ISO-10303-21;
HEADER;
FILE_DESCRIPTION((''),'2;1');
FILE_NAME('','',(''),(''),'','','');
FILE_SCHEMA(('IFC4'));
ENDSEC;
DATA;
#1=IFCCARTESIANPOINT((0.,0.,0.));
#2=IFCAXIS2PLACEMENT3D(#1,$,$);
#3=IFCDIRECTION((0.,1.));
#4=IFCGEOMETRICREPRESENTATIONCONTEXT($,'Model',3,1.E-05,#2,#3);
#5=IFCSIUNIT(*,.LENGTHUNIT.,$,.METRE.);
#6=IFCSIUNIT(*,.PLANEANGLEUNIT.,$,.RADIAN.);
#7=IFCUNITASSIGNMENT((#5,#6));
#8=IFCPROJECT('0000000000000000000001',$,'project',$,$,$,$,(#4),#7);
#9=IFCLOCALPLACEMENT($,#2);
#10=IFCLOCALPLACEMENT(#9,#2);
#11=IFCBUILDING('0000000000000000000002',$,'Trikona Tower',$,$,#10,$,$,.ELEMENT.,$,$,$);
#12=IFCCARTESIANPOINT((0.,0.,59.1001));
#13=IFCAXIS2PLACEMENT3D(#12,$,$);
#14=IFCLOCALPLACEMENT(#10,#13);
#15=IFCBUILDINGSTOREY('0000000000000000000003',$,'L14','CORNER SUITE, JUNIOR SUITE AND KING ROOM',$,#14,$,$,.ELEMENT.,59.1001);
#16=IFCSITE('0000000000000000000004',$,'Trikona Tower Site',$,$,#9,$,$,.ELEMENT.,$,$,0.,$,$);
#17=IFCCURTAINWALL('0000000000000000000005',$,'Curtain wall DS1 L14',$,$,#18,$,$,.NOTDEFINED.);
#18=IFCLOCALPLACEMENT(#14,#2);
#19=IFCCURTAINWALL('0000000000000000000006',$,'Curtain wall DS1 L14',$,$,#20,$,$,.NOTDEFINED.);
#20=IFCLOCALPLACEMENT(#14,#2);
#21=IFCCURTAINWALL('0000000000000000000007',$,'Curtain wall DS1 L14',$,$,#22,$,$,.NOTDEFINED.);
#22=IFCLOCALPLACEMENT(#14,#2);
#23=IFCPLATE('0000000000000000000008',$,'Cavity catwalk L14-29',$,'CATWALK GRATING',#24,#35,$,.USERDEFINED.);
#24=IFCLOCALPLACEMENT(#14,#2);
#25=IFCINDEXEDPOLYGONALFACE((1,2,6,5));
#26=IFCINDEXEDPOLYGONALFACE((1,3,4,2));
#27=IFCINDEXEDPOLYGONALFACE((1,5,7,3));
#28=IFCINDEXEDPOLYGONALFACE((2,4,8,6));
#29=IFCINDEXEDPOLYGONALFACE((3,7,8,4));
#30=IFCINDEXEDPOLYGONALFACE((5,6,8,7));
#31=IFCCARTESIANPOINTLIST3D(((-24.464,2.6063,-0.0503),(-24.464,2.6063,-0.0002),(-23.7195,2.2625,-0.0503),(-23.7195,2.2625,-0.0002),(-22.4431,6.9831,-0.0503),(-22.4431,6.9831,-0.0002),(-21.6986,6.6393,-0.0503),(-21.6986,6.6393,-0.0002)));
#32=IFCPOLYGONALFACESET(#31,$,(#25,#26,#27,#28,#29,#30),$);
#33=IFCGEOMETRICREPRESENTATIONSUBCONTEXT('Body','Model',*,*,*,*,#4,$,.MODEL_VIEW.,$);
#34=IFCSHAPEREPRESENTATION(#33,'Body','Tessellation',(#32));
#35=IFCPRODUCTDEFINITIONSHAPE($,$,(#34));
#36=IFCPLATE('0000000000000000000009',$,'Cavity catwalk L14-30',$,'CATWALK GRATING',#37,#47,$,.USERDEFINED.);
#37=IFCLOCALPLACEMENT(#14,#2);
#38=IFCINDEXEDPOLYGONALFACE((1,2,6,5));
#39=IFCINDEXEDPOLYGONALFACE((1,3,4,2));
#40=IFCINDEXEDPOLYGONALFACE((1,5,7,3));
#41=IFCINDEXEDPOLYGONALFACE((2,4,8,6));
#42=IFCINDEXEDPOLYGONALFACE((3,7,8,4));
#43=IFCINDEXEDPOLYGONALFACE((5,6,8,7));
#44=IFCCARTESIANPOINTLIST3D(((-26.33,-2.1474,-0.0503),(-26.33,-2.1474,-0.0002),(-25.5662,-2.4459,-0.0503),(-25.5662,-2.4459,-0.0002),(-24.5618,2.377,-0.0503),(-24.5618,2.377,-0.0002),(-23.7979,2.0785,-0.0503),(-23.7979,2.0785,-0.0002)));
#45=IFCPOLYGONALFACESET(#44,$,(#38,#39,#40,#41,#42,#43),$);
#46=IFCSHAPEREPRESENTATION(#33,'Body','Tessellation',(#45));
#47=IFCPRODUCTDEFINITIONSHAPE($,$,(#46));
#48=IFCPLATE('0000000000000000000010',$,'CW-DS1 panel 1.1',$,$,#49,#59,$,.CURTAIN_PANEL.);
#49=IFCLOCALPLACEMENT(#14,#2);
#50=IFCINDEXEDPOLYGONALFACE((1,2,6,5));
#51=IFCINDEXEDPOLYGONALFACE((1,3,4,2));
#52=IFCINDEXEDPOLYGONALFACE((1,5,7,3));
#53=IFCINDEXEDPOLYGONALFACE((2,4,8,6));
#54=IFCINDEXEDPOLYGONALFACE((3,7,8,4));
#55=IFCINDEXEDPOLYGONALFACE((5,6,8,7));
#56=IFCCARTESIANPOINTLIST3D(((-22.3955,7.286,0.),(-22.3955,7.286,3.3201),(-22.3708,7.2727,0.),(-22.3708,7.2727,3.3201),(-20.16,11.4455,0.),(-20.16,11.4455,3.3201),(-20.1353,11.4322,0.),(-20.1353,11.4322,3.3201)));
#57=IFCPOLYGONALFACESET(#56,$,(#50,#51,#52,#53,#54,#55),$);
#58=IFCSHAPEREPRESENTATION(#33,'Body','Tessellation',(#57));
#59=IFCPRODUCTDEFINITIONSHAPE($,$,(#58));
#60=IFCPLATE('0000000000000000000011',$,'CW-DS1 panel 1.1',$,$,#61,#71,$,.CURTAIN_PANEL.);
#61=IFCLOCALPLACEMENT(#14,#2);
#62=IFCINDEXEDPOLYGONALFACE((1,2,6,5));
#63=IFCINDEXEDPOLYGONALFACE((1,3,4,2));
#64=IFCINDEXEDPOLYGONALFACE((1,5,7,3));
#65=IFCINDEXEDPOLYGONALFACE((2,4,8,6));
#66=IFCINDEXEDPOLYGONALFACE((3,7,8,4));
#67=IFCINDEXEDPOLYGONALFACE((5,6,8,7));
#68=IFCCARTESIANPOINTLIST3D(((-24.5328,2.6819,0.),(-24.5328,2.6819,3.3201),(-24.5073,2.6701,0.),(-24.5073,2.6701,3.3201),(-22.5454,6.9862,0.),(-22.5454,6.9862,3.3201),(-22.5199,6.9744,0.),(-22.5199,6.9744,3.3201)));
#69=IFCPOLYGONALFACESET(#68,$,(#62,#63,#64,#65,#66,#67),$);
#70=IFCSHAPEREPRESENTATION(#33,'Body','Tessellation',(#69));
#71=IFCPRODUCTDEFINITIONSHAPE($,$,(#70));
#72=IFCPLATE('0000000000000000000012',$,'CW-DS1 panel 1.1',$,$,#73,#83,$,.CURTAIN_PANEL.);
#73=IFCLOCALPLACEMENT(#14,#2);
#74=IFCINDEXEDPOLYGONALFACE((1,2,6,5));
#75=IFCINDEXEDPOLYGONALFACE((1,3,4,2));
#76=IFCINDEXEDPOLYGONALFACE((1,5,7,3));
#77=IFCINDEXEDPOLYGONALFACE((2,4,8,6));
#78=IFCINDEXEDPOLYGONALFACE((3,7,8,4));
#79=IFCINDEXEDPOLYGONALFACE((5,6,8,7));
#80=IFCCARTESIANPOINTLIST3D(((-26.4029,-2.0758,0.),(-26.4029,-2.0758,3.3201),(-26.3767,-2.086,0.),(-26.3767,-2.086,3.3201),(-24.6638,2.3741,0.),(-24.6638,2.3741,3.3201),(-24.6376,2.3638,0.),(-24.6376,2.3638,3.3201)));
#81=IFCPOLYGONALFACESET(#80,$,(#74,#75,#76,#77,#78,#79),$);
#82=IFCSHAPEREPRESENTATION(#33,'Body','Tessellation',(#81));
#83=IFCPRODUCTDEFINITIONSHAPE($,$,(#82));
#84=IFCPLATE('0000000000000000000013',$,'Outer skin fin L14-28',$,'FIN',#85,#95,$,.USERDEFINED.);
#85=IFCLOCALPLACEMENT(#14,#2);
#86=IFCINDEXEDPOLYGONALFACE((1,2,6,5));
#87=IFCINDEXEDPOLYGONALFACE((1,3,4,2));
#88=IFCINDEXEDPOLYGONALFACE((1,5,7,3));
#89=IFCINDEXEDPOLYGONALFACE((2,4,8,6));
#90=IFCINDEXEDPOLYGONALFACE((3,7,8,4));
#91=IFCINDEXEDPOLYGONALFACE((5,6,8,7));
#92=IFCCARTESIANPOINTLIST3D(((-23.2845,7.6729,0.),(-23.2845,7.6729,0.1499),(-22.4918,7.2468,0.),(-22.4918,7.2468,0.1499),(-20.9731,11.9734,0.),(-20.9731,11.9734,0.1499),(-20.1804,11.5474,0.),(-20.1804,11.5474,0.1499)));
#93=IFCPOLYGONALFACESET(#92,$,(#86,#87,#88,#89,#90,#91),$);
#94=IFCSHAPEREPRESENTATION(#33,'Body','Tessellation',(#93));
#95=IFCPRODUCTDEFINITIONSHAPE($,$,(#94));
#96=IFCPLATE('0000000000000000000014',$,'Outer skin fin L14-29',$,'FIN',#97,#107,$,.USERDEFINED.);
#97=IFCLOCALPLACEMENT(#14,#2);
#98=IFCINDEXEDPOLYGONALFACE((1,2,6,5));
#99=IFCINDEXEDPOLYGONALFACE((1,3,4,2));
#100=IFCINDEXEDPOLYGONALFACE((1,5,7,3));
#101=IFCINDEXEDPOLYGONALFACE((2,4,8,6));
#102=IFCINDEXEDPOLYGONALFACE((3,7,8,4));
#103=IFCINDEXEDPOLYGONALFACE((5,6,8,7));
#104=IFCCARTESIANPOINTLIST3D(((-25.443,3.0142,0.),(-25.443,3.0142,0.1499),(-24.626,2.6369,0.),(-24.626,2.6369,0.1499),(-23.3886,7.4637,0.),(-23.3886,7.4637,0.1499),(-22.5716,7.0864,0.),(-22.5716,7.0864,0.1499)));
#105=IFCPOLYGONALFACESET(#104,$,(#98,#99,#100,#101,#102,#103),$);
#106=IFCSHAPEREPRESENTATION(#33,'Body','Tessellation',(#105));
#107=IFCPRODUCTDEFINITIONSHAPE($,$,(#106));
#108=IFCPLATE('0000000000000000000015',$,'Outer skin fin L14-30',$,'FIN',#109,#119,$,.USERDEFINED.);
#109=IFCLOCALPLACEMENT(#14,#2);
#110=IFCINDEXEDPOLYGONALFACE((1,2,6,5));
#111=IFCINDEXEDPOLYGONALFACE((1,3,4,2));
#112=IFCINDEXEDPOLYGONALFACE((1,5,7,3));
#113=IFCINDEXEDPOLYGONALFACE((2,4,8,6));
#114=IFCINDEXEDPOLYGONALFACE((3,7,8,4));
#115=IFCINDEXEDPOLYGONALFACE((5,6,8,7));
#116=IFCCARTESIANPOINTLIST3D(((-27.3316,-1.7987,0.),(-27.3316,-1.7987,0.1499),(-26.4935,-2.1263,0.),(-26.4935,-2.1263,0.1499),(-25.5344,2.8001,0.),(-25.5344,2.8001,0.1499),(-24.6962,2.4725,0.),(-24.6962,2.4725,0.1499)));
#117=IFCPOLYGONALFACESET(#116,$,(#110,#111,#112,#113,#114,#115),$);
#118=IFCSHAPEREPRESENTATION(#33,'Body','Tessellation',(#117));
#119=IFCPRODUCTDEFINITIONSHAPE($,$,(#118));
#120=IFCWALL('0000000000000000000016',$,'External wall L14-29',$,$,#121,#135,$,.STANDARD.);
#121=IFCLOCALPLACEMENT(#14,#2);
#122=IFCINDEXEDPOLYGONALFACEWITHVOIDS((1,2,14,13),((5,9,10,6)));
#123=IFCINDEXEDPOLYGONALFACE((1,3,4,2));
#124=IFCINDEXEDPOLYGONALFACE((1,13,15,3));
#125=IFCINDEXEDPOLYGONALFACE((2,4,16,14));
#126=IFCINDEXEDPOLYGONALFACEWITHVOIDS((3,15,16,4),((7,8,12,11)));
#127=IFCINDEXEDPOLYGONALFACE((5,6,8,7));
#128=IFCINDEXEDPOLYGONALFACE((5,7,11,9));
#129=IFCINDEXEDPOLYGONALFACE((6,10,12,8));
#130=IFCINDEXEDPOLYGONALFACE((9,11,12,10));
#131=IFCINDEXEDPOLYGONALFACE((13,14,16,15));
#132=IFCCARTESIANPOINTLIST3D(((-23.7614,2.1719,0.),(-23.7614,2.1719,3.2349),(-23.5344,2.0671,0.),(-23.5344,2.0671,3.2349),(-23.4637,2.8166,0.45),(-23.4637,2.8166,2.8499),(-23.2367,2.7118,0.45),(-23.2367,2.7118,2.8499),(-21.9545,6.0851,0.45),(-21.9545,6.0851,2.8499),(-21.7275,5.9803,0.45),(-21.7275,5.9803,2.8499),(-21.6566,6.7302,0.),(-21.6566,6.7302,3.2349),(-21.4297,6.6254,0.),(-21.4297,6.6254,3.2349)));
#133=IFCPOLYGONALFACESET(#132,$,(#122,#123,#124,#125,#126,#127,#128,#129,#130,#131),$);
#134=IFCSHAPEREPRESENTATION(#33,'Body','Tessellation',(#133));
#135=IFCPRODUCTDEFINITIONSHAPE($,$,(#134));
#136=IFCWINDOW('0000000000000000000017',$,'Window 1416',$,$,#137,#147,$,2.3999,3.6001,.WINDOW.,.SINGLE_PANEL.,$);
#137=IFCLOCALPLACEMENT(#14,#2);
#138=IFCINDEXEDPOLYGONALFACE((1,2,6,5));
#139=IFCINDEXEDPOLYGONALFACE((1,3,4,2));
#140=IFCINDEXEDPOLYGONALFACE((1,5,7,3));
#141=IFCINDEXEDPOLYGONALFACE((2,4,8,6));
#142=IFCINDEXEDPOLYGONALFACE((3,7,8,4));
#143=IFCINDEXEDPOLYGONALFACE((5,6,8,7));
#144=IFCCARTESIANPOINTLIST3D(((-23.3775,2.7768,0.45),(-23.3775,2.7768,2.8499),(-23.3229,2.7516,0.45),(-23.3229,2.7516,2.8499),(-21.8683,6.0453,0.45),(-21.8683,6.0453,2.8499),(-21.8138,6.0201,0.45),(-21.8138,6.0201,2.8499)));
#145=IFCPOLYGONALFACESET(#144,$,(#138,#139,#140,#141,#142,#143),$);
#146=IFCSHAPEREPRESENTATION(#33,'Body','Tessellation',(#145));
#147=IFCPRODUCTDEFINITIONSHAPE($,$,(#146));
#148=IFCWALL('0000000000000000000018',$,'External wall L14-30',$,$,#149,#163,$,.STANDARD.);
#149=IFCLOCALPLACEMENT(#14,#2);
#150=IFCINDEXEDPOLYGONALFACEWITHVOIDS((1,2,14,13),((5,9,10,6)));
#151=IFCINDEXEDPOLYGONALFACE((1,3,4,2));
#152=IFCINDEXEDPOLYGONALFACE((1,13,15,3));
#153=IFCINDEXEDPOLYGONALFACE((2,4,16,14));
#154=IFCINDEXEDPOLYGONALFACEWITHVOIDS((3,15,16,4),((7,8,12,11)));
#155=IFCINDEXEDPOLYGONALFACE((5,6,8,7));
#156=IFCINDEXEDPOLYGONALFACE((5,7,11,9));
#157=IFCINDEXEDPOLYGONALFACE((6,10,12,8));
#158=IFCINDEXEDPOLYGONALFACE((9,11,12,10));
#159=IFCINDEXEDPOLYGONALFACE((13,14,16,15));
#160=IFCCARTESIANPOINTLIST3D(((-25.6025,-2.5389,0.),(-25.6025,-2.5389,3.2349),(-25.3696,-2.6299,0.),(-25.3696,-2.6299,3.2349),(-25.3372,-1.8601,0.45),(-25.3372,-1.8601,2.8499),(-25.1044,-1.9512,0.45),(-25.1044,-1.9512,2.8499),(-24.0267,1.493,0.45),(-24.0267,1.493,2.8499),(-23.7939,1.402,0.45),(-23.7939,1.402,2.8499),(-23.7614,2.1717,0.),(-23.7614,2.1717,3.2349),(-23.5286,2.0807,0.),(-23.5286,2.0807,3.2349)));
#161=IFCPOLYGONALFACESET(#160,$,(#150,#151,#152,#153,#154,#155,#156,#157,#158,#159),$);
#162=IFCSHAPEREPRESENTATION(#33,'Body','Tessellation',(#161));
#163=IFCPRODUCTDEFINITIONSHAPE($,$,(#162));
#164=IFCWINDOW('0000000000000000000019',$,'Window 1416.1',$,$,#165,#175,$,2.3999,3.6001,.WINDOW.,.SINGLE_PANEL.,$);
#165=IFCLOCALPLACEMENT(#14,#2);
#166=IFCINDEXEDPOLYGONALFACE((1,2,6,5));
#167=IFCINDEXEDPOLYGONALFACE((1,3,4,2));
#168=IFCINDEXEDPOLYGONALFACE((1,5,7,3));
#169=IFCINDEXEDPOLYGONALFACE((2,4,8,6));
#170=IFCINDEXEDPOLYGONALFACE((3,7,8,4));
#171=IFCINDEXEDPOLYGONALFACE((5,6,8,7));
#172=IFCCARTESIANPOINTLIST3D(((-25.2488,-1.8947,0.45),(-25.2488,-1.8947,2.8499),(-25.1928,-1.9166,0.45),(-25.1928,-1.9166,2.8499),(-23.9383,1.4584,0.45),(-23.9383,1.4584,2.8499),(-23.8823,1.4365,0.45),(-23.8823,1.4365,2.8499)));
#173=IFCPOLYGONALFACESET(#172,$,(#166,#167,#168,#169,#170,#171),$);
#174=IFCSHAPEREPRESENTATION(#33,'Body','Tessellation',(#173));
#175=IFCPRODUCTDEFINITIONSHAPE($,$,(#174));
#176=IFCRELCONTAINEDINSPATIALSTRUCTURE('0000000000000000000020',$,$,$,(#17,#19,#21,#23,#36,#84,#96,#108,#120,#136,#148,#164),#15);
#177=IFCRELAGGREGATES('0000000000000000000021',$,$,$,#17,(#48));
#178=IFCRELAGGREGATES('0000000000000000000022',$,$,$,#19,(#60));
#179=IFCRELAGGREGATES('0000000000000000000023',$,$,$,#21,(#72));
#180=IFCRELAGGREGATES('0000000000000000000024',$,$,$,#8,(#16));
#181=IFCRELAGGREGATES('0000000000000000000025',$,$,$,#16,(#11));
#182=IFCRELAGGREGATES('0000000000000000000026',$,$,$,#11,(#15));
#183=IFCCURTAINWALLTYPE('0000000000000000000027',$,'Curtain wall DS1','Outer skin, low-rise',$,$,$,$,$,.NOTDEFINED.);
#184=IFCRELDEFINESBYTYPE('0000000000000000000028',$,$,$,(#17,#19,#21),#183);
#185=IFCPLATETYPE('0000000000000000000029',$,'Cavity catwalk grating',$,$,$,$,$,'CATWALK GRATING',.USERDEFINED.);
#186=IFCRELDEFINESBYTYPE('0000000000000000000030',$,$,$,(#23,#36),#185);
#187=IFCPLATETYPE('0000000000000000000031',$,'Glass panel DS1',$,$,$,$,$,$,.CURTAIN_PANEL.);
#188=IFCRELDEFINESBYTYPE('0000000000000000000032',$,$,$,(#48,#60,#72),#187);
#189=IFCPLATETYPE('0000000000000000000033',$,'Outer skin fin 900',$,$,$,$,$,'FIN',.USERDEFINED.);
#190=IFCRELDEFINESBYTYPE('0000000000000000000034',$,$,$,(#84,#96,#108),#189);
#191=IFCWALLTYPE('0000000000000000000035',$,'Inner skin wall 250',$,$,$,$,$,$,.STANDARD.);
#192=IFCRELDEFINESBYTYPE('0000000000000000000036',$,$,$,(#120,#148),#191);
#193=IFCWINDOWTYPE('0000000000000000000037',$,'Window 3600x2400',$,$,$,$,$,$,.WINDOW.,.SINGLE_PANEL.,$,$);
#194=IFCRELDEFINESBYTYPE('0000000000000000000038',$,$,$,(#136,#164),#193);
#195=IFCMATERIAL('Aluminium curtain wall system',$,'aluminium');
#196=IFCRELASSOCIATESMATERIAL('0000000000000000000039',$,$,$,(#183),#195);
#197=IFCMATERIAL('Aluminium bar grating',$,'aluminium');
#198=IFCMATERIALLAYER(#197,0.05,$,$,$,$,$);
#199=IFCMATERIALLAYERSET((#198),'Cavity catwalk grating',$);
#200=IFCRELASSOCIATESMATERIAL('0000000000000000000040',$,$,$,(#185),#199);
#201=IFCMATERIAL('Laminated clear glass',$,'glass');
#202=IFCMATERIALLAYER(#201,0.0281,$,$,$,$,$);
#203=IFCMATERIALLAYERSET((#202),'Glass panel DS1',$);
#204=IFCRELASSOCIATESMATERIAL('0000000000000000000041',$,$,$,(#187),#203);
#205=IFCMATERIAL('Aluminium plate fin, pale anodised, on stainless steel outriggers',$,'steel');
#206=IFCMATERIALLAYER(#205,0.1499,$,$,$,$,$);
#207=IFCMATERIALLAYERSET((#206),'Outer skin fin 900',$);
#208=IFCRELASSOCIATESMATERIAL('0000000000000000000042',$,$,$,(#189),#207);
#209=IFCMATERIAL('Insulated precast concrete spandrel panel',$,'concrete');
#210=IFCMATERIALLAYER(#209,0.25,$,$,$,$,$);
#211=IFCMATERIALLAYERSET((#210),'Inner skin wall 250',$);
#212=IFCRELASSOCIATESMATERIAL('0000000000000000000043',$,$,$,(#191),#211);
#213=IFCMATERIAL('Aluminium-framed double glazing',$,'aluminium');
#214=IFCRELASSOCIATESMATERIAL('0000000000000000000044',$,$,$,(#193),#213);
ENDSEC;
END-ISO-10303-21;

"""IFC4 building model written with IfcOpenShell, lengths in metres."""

from ifc_helpers import new_model, si_unit, direction, frame, frame_2d, origin, origin_2d, place, context, subcontext, project, spatial, rectangle, extrude, material, layer, layer_set, type_object, element, fill, aggregate, save


model = new_model("IFC4")

# Units and contexts
model_context = context("Model", 3, precision=1e-05, world=origin(), true_north=direction((0.0, 1.0)))
body_context = subcontext(model_context, "Body", "Model", "MODEL_VIEW")
ifc_project = project(units=[si_unit("LENGTHUNIT", "METRE"), si_unit("PLANEANGLEUNIT", "RADIAN")], contexts=[model_context])

# Site, building, storey
site_placement = place(None, origin())
site = spatial("IfcSite", under=ifc_project, at=site_placement, Name="Trikona Tower Site", CompositionType="ELEMENT", RefElevation=0.0)
building_placement = place(site_placement, origin())
building = spatial("IfcBuilding", under=site, at=building_placement, Name="Trikona Tower", CompositionType="ELEMENT")
storey_placement = place(building_placement, frame((0.0, 0.0, 59.1001)))
storey = spatial("IfcBuildingStorey", under=building, at=storey_placement, Name="L14", Description="CORNER SUITE, JUNIOR SUITE AND KING ROOM", CompositionType="ELEMENT", Elevation=59.1001)

# Curtain walls
ifc_material_1 = material(Name="Aluminium curtain wall system", Category="aluminium")
curtain_wall_type = type_object("IfcCurtainWallType", Name="Curtain wall DS1", Description="Outer skin, low-rise", PredefinedType="NOTDEFINED", material=ifc_material_1)
curtain_wall_1_placement = place(storey_placement, origin())
curtain_wall_1 = element("IfcCurtainWall", 1, at=curtain_wall_1_placement, inside=storey, type_object=curtain_wall_type, Name="Curtain wall DS1 L14", PredefinedType="NOTDEFINED")
curtain_wall_2_placement = place(storey_placement, origin())
curtain_wall_2 = element("IfcCurtainWall", 2, at=curtain_wall_2_placement, inside=storey, type_object=curtain_wall_type, Name="Curtain wall DS1 L14", PredefinedType="NOTDEFINED")
curtain_wall_3_placement = place(storey_placement, origin())
curtain_wall_3 = element("IfcCurtainWall", 3, at=curtain_wall_3_placement, inside=storey, type_object=curtain_wall_type, Name="Curtain wall DS1 L14", PredefinedType="NOTDEFINED")

# Plates
ifc_material_2 = material(Name="Aluminium bar grating", Category="aluminium")
ifc_layer_1 = layer(ifc_material_2, 0.05)
ifc_layer_set_1 = layer_set([ifc_layer_1], Name="Cavity catwalk grating")
plate_type_1 = type_object("IfcPlateType", Name="Cavity catwalk grating", ElementType="CATWALK GRATING", PredefinedType="USERDEFINED", material=ifc_layer_set_1)
plate_1_placement = place(storey_placement, frame((-23.0813, 4.6228, -0.0503), z_axis=(0.0, 0.0, 1.0), x_axis=(-0.419194, -0.907897, 0.0)))
element("IfcPlate", 4, at=plate_1_placement, inside=storey, type_object=plate_type_1, Name="Cavity catwalk L14-29", ObjectType="CATWALK GRATING", PredefinedType="USERDEFINED", context=body_context, shape_type="SweptSolid", body=[
    extrude(rectangle(XDim=4.8208, YDim=0.8201, at=origin_2d()), origin(), (0.0, 0.0, 1.0), 0.05),
])
plate_2_placement = place(storey_placement, frame((-25.064, -0.0344, -0.0503), z_axis=(0.0, 0.0, 1.0), x_axis=(-0.364009, -0.931395, 0.0)))
element("IfcPlate", 5, at=plate_2_placement, inside=storey, type_object=plate_type_1, Name="Cavity catwalk L14-30", ObjectType="CATWALK GRATING", PredefinedType="USERDEFINED", context=body_context, shape_type="SweptSolid", body=[
    extrude(rectangle(XDim=4.8577, YDim=0.8201, at=origin_2d()), origin(), (0.0, 0.0, 1.0), 0.05),
])

# Plates
ifc_material_3 = material(Name="Laminated clear glass", Category="glass")
ifc_layer_2 = layer(ifc_material_3, 0.0281)
ifc_layer_set_2 = layer_set([ifc_layer_2], Name="Glass panel DS1")
plate_type_2 = type_object("IfcPlateType", Name="Glass panel DS1", PredefinedType="CURTAIN_PANEL", material=ifc_layer_set_2)
plate_3_placement = place(storey_placement, frame((-21.2654, 9.3591, 0.0), z_axis=(0.0, 0.0, 1.0), x_axis=(-0.473408, -0.880843, 0.0)))
plate_3 = element("IfcPlate", 6, at=plate_3_placement, type_object=plate_type_2, Name="CW-DS1 panel 1.1", PredefinedType="CURTAIN_PANEL", context=body_context, shape_type="SweptSolid", body=[
    extrude(rectangle(XDim=4.7222, YDim=0.0281, at=origin_2d()), origin(), (0.0, 0.0, 1.0), 3.3201),
])
aggregate(curtain_wall_1, [plate_3])
plate_4_placement = place(storey_placement, frame((-23.5264, 4.8281, 0.0), z_axis=(0.0, 0.0, 1.0), x_axis=(-0.41919, -0.907898, 0.0)))
plate_4 = element("IfcPlate", 7, at=plate_4_placement, type_object=plate_type_2, Name="CW-DS1 panel 1.1", PredefinedType="CURTAIN_PANEL", context=body_context, shape_type="SweptSolid", body=[
    extrude(rectangle(XDim=4.741, YDim=0.0281, at=origin_2d()), origin(), (0.0, 0.0, 1.0), 3.3201),
])
aggregate(curtain_wall_2, [plate_4])
plate_5_placement = place(storey_placement, frame((-25.5203, 0.144, 0.0), z_axis=(0.0, 0.0, 1.0), x_axis=(-0.364008, -0.931396, 0.0)))
plate_5 = element("IfcPlate", 8, at=plate_5_placement, type_object=plate_type_2, Name="CW-DS1 panel 1.1", PredefinedType="CURTAIN_PANEL", context=body_context, shape_type="SweptSolid", body=[
    extrude(rectangle(XDim=4.7776, YDim=0.0281, at=origin_2d()), origin(), (0.0, 0.0, 1.0), 3.3201),
])
aggregate(curtain_wall_3, [plate_5])

# Plates
ifc_material_4 = material(Name="Aluminium plate fin, pale anodised, on stainless steel outriggers", Category="steel")
ifc_layer_3 = layer(ifc_material_4, 0.1499)
ifc_layer_set_3 = layer_set([ifc_layer_3], Name="Outer skin fin 900")
plate_type_3 = type_object("IfcPlateType", Name="Outer skin fin 900", ElementType="FIN", PredefinedType="USERDEFINED", material=ifc_layer_set_3)
plate_6_placement = place(storey_placement, frame((-21.7324, 9.6101, 0.0), z_axis=(0.0, 0.0, 1.0), x_axis=(-0.473423, -0.880835, 0.0)))
element("IfcPlate", 9, at=plate_6_placement, inside=storey, type_object=plate_type_3, Name="Outer skin fin L14-28", ObjectType="FIN", PredefinedType="USERDEFINED", context=body_context, shape_type="SweptSolid", body=[
    extrude(rectangle(XDim=4.8823, YDim=0.8999, at=origin_2d()), origin(), (0.0, 0.0, 1.0), 0.1499),
])
plate_7_placement = place(storey_placement, frame((-24.0073, 5.0503, 0.0), z_axis=(0.0, 0.0, 1.0), x_axis=(-0.419194, -0.907897, 0.0)))
element("IfcPlate", 10, at=plate_7_placement, inside=storey, type_object=plate_type_3, Name="Outer skin fin L14-29", ObjectType="FIN", PredefinedType="USERDEFINED", context=body_context, shape_type="SweptSolid", body=[
    extrude(rectangle(XDim=4.9009, YDim=0.8999, at=origin_2d()), origin(), (0.0, 0.0, 1.0), 0.1499),
])
plate_8_placement = place(storey_placement, frame((-26.0139, 0.3369, 0.0), z_axis=(0.0, 0.0, 1.0), x_axis=(-0.364009, -0.931395, 0.0)))
element("IfcPlate", 11, at=plate_8_placement, inside=storey, type_object=plate_type_3, Name="Outer skin fin L14-30", ObjectType="FIN", PredefinedType="USERDEFINED", context=body_context, shape_type="SweptSolid", body=[
    extrude(rectangle(XDim=4.9375, YDim=0.8999, at=origin_2d()), origin(), (0.0, 0.0, 1.0), 0.1499),
])

# Walls, openings, windows
ifc_material_5 = material(Name="Insulated precast concrete spandrel panel", Category="concrete")
ifc_layer_4 = layer(ifc_material_5, 0.25)
ifc_layer_set_4 = layer_set([ifc_layer_4], Name="Inner skin wall 250")
wall_type = type_object("IfcWallType", Name="Inner skin wall 250", PredefinedType="STANDARD", material=ifc_layer_set_4)
wall_1_placement = place(storey_placement, frame((-21.5432, 6.6777, 0.0), z_axis=(0.0, 0.0, 1.0), x_axis=(-0.419203, -0.907892, 0.0)))
wall_1 = element("IfcWall", 12, at=wall_1_placement, inside=storey, type_object=wall_type, Name="External wall L14-29", PredefinedType="STANDARD", context=body_context, shape_type="SweptSolid", body=[
    extrude(rectangle(XDim=5.0208, YDim=0.25, at=frame_2d((2.5103, 0.0))), origin(), (0.0, 0.0, 1.0), 3.2349),
])
opening_1_placement = place(wall_1_placement, frame((0.7104, 0.0, 0.45)))
opening_1 = element("IfcOpeningElement", 13, at=opening_1_placement, cuts=wall_1, PredefinedType="OPENING", context=body_context, shape_type="SweptSolid", body=[
    extrude(rectangle(XDim=3.6001, YDim=2.3999, at=frame_2d((1.8, 1.2))), frame((0.0, 0.135, 0.0), z_axis=(0.0, -1.0, 0.0), x_axis=(1.0, 0.0, 0.0)), (0.0, 0.0, 1.0), 0.27),
])
ifc_material_6 = material(Name="Aluminium-framed double glazing", Category="aluminium")
window_type = type_object("IfcWindowType", Name="Window 3600x2400", PartitioningType="SINGLE_PANEL", PredefinedType="WINDOW", material=ifc_material_6)
window_1_placement = place(opening_1_placement, origin())
window_1 = element("IfcWindow", 14, at=window_1_placement, inside=storey, type_object=window_type, Name="Window 1416", OverallHeight=2.3999, OverallWidth=3.6001, PartitioningType="SINGLE_PANEL", PredefinedType="WINDOW", context=body_context, shape_type="SweptSolid", body=[
    extrude(rectangle(XDim=3.6001, YDim=2.3999, at=frame_2d((1.8, 1.2))), frame((0.0, 0.03, 0.0), z_axis=(0.0, -1.0, 0.0), x_axis=(1.0, 0.0, 0.0)), (0.0, 0.0, 1.0), 0.0601),
])
fill(opening_1, window_1)
wall_2_placement = place(storey_placement, frame((-23.645, 2.1262, 0.0), z_axis=(0.0, 0.0, 1.0), x_axis=(-0.364013, -0.931394, 0.0)))
wall_2 = element("IfcWall", 15, at=wall_2_placement, inside=storey, type_object=wall_type, Name="External wall L14-30", PredefinedType="STANDARD", context=body_context, shape_type="SweptSolid", body=[
    extrude(rectangle(XDim=5.0576, YDim=0.25, at=frame_2d((2.5288, 0.0))), origin(), (0.0, 0.0, 1.0), 3.2349),
])
opening_2_placement = place(wall_2_placement, frame((0.7288, 0.0, 0.45)))
opening_2 = element("IfcOpeningElement", 16, at=opening_2_placement, cuts=wall_2, PredefinedType="OPENING", context=body_context, shape_type="SweptSolid", body=[
    extrude(rectangle(XDim=3.6001, YDim=2.3999, at=frame_2d((1.8, 1.2))), frame((0.0, 0.135, 0.0), z_axis=(0.0, -1.0, 0.0), x_axis=(1.0, 0.0, 0.0)), (0.0, 0.0, 1.0), 0.27),
])
window_2_placement = place(opening_2_placement, origin())
window_2 = element("IfcWindow", 17, at=window_2_placement, inside=storey, type_object=window_type, Name="Window 1416.1", OverallHeight=2.3999, OverallWidth=3.6001, PartitioningType="SINGLE_PANEL", PredefinedType="WINDOW", context=body_context, shape_type="SweptSolid", body=[
    extrude(rectangle(XDim=3.6001, YDim=2.3999, at=frame_2d((1.8, 1.2))), frame((0.0, 0.03, 0.0), z_axis=(0.0, -1.0, 0.0), x_axis=(1.0, 0.0, 0.0)), (0.0, 0.0, 1.0), 0.0601),
])
fill(opening_2, window_2)

save(model, "model.ifc")
